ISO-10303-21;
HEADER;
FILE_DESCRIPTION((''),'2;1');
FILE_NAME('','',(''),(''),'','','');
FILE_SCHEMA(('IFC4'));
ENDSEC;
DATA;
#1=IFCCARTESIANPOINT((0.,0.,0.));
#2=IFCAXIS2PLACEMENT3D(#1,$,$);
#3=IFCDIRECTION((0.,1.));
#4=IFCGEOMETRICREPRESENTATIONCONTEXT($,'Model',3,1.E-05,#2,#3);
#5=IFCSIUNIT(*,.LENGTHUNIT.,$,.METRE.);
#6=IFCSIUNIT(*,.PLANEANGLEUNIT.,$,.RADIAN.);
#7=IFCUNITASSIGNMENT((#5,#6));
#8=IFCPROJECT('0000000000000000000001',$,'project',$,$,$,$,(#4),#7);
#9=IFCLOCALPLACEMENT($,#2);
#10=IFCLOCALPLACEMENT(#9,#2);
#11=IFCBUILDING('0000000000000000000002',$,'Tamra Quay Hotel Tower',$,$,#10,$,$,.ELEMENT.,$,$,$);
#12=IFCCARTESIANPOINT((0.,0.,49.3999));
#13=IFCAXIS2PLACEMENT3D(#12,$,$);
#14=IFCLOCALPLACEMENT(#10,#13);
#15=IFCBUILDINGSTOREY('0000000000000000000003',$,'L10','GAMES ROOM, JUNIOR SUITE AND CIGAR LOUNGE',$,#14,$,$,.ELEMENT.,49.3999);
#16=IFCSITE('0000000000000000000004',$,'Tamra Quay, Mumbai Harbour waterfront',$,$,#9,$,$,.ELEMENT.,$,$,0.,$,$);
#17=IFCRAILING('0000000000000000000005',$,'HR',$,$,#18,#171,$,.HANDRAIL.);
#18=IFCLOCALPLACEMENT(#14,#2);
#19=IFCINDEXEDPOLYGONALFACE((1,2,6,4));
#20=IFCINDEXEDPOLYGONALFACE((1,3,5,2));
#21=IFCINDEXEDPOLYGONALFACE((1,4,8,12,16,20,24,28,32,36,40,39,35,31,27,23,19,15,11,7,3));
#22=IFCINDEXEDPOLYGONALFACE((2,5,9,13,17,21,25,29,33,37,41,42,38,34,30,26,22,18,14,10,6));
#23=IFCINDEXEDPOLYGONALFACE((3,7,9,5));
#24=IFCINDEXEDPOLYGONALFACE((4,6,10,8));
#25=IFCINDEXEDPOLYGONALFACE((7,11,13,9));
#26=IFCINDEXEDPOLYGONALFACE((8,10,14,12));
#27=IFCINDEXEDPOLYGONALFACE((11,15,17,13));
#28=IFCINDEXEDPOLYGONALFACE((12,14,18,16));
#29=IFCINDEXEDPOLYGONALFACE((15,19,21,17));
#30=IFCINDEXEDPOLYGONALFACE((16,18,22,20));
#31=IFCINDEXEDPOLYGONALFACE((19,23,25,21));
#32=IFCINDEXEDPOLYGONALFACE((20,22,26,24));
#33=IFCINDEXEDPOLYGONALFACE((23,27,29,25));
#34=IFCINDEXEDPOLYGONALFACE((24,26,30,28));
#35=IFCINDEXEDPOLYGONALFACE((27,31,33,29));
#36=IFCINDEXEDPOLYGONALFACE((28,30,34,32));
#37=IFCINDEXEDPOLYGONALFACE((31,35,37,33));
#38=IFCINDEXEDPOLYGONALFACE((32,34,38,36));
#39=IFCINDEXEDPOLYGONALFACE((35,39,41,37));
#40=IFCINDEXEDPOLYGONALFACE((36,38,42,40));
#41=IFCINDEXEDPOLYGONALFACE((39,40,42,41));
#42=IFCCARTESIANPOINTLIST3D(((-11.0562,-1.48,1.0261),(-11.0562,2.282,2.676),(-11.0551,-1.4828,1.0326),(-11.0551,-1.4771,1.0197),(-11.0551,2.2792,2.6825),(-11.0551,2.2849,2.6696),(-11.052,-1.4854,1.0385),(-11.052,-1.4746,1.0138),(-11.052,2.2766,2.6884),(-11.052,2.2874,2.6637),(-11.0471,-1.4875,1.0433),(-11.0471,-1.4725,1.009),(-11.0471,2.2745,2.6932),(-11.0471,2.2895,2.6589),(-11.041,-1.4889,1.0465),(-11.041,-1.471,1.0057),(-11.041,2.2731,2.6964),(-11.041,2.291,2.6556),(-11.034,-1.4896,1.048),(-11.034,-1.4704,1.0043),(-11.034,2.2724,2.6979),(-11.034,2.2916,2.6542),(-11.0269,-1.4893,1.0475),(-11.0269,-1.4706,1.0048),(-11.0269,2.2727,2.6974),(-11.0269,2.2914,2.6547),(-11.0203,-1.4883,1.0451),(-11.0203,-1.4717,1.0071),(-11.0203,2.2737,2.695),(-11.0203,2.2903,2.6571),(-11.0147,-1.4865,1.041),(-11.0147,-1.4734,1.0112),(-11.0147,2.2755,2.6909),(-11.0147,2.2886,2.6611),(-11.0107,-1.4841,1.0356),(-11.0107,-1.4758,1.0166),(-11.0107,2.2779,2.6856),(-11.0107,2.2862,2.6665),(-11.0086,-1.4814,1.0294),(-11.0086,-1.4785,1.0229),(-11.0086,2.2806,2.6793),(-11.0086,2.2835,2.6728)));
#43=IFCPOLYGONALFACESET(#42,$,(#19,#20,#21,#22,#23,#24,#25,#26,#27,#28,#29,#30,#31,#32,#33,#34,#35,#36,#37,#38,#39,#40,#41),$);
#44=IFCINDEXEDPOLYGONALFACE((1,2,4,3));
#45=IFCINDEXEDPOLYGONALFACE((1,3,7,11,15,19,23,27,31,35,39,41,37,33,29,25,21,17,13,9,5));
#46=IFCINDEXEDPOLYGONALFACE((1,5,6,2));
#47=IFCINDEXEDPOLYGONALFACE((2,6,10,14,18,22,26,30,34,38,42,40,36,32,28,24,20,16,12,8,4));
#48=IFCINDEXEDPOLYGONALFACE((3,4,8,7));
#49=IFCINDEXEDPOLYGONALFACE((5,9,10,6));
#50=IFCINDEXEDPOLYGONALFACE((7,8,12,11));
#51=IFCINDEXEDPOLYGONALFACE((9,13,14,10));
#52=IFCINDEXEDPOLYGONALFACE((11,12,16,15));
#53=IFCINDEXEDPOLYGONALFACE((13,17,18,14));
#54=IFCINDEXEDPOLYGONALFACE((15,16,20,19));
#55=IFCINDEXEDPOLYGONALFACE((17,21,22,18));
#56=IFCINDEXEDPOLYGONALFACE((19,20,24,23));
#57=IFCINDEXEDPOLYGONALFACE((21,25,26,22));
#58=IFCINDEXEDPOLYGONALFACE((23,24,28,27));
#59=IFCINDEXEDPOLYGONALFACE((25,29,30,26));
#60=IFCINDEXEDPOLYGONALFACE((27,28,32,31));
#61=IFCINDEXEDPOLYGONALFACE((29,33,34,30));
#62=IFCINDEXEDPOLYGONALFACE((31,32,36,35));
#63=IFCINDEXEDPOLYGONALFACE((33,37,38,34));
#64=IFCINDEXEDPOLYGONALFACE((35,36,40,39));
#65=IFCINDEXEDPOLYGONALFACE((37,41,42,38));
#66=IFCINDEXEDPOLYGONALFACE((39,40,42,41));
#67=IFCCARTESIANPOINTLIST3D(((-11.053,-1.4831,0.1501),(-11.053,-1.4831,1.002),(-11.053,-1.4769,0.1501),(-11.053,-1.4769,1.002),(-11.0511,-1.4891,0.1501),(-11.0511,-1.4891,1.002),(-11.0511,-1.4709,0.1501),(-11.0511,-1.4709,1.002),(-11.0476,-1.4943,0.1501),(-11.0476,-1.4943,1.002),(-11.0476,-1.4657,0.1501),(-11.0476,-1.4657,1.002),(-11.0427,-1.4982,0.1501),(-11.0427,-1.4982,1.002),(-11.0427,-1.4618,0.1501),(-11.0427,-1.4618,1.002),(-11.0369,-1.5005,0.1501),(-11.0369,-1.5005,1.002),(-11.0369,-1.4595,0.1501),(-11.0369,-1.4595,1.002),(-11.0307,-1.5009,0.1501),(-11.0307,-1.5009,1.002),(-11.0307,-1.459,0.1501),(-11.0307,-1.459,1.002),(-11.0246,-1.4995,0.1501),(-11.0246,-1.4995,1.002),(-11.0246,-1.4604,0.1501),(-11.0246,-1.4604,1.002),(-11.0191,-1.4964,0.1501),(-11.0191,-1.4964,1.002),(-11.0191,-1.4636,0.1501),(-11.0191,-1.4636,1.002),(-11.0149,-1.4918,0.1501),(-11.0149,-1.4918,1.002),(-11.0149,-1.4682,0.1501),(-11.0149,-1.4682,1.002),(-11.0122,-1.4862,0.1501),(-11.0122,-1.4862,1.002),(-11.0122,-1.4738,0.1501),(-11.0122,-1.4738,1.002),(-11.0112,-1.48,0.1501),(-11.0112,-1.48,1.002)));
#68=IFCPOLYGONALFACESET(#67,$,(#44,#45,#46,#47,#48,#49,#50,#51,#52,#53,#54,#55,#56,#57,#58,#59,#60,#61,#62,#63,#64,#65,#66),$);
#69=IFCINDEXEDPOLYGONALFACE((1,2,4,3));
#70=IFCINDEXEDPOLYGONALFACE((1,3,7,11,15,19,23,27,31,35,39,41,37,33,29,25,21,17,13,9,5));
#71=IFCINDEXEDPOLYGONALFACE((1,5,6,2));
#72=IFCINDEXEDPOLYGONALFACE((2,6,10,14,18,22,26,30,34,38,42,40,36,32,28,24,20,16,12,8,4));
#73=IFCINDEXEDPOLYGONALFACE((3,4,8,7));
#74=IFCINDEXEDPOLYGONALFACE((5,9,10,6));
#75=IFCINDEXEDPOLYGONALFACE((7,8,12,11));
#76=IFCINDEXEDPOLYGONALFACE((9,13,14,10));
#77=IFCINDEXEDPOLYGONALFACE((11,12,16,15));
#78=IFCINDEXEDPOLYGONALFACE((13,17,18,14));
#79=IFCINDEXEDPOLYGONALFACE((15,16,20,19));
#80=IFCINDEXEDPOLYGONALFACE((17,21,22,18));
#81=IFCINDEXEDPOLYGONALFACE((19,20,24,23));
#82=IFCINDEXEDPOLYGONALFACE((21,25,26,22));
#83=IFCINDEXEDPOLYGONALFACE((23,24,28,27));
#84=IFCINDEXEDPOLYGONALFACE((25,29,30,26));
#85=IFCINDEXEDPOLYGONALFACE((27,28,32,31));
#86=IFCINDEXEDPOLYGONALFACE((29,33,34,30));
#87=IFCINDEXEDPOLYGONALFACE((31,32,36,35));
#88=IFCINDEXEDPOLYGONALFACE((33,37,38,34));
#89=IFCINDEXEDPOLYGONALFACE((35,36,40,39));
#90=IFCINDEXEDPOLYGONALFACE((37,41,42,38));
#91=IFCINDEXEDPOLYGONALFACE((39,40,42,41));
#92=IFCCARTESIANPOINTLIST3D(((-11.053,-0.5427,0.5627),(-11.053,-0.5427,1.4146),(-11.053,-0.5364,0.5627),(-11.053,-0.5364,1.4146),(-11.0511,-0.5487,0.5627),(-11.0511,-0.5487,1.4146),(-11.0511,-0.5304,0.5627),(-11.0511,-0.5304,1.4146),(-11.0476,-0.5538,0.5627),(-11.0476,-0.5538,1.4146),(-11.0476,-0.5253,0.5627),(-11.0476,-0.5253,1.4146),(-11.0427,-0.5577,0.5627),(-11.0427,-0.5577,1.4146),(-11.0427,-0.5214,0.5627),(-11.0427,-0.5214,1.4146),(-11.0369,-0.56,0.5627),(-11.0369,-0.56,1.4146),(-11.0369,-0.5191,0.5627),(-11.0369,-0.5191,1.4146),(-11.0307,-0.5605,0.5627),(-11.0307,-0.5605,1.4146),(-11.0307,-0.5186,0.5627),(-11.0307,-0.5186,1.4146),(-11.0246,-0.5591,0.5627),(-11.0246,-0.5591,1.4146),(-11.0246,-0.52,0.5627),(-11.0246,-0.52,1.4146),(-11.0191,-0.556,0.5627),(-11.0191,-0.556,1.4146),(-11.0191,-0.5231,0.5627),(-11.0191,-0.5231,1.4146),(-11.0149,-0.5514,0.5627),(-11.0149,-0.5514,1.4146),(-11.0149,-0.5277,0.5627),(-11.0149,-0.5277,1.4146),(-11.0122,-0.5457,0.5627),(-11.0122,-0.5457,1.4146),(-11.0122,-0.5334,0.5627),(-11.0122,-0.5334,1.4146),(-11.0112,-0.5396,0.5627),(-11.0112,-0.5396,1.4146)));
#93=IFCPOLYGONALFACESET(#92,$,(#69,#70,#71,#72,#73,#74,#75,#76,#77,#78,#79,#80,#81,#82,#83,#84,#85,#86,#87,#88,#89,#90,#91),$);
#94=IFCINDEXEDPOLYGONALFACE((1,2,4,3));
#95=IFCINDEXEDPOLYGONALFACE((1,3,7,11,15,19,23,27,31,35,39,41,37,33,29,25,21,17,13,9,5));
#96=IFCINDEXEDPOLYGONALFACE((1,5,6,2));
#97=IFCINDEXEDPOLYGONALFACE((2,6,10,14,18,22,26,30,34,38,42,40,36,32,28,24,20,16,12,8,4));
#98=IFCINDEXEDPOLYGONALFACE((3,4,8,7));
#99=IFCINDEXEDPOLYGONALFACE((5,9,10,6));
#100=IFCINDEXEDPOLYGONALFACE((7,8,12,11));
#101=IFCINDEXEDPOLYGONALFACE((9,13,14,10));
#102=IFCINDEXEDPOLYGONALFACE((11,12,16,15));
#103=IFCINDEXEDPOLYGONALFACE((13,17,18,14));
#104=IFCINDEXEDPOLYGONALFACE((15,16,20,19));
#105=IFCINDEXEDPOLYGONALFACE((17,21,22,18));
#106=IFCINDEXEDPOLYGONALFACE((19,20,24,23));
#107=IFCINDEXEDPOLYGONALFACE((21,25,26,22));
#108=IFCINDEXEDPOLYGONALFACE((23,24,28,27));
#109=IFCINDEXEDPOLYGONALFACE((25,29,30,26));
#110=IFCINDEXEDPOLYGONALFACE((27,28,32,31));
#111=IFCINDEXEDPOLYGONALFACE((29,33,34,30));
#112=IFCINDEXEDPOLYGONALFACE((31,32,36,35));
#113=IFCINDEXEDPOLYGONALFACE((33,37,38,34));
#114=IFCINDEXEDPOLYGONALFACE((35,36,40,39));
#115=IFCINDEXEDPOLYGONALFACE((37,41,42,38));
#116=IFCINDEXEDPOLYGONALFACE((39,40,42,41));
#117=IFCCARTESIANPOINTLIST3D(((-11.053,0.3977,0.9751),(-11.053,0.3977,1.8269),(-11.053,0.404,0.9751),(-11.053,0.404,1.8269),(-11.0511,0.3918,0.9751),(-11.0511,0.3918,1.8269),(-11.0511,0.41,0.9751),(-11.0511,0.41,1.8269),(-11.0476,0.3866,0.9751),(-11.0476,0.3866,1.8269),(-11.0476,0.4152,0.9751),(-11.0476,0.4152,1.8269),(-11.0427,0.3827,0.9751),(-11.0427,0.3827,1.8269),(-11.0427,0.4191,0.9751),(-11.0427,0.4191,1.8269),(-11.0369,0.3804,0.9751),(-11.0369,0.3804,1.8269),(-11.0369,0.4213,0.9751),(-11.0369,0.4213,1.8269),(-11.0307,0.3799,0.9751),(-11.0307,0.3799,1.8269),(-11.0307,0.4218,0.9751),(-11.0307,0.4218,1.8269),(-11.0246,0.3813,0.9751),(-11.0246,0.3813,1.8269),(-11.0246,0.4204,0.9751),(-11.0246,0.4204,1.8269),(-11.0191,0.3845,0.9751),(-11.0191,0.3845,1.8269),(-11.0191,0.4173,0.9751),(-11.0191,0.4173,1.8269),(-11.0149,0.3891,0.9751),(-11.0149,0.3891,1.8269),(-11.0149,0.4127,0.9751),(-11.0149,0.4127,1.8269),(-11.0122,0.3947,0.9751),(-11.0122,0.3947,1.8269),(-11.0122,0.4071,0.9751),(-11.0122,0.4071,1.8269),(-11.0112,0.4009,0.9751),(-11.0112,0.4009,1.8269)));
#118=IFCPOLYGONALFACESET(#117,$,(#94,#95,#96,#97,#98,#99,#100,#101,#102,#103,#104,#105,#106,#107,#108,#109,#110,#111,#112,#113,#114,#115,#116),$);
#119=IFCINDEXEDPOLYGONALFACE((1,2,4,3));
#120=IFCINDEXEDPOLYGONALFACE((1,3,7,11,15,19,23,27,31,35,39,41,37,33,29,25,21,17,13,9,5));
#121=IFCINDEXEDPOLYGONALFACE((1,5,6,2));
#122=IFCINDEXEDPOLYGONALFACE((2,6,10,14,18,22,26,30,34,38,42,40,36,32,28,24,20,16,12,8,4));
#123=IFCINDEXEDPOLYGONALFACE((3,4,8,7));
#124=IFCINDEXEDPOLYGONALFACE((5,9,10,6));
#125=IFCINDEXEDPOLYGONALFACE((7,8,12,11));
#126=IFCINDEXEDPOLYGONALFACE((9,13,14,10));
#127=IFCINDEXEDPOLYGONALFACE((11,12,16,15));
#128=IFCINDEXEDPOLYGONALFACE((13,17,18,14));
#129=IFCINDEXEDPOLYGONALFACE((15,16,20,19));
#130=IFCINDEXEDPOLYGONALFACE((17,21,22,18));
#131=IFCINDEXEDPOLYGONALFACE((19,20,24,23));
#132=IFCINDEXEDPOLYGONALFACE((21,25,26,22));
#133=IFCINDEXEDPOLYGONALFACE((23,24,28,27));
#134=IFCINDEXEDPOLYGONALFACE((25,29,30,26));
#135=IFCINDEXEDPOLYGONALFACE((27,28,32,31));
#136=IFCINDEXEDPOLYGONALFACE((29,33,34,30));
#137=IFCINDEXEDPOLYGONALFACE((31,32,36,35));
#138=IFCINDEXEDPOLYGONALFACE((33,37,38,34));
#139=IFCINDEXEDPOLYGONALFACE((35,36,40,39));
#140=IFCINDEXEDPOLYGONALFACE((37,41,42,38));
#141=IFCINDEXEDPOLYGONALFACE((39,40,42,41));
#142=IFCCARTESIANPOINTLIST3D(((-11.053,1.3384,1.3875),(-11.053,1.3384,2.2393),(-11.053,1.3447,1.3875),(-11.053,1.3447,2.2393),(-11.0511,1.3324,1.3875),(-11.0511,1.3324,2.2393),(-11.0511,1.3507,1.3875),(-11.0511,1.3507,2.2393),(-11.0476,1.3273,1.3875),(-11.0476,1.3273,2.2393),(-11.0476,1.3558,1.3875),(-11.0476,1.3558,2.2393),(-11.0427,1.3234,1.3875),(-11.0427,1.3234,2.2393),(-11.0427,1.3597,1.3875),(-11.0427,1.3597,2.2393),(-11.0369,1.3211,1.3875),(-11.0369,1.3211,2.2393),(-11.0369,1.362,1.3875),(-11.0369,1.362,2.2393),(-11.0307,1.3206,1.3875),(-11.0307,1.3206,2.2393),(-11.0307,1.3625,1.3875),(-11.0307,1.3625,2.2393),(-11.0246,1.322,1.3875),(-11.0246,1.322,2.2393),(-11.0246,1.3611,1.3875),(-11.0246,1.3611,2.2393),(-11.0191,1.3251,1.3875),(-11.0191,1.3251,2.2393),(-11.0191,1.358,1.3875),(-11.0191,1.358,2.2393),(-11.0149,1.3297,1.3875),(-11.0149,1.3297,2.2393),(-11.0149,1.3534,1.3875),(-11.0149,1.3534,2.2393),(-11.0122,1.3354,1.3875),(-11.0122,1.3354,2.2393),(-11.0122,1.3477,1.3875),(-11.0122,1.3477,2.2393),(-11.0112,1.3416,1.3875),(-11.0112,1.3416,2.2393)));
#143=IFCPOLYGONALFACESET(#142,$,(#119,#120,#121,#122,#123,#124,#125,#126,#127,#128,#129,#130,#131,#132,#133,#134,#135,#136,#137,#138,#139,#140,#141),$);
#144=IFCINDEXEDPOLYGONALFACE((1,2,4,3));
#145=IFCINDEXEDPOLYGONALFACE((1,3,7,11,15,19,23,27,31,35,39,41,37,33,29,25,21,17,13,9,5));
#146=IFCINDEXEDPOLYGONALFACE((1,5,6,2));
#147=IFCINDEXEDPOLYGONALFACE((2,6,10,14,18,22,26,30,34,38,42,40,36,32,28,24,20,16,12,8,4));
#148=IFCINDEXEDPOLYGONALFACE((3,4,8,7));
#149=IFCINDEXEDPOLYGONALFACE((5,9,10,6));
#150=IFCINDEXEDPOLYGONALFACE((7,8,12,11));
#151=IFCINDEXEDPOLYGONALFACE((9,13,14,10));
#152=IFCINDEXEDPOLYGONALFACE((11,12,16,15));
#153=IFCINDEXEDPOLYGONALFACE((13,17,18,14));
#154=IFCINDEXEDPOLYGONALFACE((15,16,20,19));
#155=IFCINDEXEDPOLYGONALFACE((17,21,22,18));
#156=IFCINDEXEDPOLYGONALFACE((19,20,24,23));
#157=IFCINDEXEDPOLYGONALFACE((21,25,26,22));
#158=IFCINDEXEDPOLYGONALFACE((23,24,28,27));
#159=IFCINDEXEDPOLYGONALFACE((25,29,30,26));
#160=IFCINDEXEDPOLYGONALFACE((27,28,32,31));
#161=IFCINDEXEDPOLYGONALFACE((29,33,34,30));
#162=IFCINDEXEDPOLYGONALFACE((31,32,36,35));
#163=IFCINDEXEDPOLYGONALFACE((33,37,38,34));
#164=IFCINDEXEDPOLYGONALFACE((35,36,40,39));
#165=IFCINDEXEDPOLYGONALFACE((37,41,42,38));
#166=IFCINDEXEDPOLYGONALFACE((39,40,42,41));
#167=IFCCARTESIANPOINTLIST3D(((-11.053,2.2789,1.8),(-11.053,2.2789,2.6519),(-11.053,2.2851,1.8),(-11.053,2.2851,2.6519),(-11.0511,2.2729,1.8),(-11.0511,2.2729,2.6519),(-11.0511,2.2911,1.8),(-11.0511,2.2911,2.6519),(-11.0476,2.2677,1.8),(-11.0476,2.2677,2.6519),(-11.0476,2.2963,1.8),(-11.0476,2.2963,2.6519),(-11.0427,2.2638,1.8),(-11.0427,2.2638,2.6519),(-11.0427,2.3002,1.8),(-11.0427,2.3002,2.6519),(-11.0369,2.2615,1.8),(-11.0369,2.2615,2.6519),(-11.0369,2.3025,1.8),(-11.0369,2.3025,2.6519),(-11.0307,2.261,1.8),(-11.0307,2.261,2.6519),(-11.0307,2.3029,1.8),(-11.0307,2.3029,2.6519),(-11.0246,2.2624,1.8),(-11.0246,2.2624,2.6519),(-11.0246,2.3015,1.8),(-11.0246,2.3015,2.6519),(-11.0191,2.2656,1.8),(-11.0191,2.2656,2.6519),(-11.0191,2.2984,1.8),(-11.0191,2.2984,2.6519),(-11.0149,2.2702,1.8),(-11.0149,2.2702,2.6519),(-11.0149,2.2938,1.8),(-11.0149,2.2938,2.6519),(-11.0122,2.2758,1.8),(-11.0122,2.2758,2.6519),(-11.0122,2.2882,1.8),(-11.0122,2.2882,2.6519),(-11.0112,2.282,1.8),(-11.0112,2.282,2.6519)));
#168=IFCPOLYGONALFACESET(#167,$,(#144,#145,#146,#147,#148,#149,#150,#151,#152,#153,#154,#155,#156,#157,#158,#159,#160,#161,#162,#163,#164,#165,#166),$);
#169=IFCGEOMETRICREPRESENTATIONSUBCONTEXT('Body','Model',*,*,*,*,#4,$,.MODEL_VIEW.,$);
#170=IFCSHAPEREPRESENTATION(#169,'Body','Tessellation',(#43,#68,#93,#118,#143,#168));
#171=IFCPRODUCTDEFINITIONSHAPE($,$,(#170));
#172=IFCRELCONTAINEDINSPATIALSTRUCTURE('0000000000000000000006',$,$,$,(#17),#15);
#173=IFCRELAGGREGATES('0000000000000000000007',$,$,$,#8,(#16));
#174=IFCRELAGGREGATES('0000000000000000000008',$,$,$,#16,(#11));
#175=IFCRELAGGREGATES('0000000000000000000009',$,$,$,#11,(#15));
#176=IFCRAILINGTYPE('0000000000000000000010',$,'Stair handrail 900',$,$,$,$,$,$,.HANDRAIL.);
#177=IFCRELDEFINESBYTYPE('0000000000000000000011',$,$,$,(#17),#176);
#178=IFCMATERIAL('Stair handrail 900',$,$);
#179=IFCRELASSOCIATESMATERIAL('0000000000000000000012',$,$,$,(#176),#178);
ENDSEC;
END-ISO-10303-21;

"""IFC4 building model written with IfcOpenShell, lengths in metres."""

from ifc_helpers import new_model, si_unit, direction, frame, origin, origin_2d, place, context, subcontext, project, spatial, circle, extrude, material, type_object, element, save


model = new_model("IFC4")

# Units and contexts
model_context = context("Model", 3, precision=1e-05, world=origin(), true_north=direction((0.0, 1.0)))
body_context = subcontext(model_context, "Body", "Model", "MODEL_VIEW")
ifc_project = project(units=[si_unit("LENGTHUNIT", "METRE"), si_unit("PLANEANGLEUNIT", "RADIAN")], contexts=[model_context])

# Site, building, storey
site_placement = place(None, origin())
site = spatial("IfcSite", under=ifc_project, at=site_placement, Name="Tamra Quay, Mumbai Harbour waterfront", CompositionType="ELEMENT", RefElevation=0.0)
building_placement = place(site_placement, origin())
building = spatial("IfcBuilding", under=site, at=building_placement, Name="Tamra Quay Hotel Tower", CompositionType="ELEMENT")
storey_placement = place(building_placement, frame((0.0, 0.0, 49.3999)))
storey = spatial("IfcBuildingStorey", under=building, at=storey_placement, Name="L10", Description="GAMES ROOM, JUNIOR SUITE AND CIGAR LOUNGE", CompositionType="ELEMENT", Elevation=49.3999)

# Railing
ifc_material_1 = material(Name="Stair handrail 900")
railing_type = type_object("IfcRailingType", Name="Stair handrail 900", PredefinedType="HANDRAIL", material=ifc_material_1)
railing_placement = place(storey_placement, frame((-11.0322, -1.48, 0.1501)))
element("IfcRailing", 1, at=railing_placement, inside=storey, type_object=railing_type, Name="HR", PredefinedType="HANDRAIL", context=body_context, shape_type="SweptSolid", body=[
    extrude(circle(Radius=0.0239, at=origin_2d()), frame((0.0, 0.0, 0.876), z_axis=(0.0, 0.915795, 0.401645), x_axis=(-1.0, 0.0, 0.0)), (0.0, 0.0, 1.0), 4.1079),
    extrude(circle(Radius=0.021, at=origin_2d()), origin(), (0.0, 0.0, 1.0), 0.8518),
    extrude(circle(Radius=0.021, at=origin_2d()), frame((0.0, 0.9404, 0.4126)), (0.0, 0.0, 1.0), 0.8518),
    extrude(circle(Radius=0.021, at=origin_2d()), frame((0.0, 1.8809, 0.825)), (0.0, 0.0, 1.0), 0.8518),
    extrude(circle(Radius=0.021, at=origin_2d()), frame((0.0, 2.8215, 1.2373)), (0.0, 0.0, 1.0), 0.8518),
    extrude(circle(Radius=0.021, at=origin_2d()), frame((0.0, 3.762, 1.6499)), (0.0, 0.0, 1.0), 0.8518),
])

save(model, "model.ifc")
